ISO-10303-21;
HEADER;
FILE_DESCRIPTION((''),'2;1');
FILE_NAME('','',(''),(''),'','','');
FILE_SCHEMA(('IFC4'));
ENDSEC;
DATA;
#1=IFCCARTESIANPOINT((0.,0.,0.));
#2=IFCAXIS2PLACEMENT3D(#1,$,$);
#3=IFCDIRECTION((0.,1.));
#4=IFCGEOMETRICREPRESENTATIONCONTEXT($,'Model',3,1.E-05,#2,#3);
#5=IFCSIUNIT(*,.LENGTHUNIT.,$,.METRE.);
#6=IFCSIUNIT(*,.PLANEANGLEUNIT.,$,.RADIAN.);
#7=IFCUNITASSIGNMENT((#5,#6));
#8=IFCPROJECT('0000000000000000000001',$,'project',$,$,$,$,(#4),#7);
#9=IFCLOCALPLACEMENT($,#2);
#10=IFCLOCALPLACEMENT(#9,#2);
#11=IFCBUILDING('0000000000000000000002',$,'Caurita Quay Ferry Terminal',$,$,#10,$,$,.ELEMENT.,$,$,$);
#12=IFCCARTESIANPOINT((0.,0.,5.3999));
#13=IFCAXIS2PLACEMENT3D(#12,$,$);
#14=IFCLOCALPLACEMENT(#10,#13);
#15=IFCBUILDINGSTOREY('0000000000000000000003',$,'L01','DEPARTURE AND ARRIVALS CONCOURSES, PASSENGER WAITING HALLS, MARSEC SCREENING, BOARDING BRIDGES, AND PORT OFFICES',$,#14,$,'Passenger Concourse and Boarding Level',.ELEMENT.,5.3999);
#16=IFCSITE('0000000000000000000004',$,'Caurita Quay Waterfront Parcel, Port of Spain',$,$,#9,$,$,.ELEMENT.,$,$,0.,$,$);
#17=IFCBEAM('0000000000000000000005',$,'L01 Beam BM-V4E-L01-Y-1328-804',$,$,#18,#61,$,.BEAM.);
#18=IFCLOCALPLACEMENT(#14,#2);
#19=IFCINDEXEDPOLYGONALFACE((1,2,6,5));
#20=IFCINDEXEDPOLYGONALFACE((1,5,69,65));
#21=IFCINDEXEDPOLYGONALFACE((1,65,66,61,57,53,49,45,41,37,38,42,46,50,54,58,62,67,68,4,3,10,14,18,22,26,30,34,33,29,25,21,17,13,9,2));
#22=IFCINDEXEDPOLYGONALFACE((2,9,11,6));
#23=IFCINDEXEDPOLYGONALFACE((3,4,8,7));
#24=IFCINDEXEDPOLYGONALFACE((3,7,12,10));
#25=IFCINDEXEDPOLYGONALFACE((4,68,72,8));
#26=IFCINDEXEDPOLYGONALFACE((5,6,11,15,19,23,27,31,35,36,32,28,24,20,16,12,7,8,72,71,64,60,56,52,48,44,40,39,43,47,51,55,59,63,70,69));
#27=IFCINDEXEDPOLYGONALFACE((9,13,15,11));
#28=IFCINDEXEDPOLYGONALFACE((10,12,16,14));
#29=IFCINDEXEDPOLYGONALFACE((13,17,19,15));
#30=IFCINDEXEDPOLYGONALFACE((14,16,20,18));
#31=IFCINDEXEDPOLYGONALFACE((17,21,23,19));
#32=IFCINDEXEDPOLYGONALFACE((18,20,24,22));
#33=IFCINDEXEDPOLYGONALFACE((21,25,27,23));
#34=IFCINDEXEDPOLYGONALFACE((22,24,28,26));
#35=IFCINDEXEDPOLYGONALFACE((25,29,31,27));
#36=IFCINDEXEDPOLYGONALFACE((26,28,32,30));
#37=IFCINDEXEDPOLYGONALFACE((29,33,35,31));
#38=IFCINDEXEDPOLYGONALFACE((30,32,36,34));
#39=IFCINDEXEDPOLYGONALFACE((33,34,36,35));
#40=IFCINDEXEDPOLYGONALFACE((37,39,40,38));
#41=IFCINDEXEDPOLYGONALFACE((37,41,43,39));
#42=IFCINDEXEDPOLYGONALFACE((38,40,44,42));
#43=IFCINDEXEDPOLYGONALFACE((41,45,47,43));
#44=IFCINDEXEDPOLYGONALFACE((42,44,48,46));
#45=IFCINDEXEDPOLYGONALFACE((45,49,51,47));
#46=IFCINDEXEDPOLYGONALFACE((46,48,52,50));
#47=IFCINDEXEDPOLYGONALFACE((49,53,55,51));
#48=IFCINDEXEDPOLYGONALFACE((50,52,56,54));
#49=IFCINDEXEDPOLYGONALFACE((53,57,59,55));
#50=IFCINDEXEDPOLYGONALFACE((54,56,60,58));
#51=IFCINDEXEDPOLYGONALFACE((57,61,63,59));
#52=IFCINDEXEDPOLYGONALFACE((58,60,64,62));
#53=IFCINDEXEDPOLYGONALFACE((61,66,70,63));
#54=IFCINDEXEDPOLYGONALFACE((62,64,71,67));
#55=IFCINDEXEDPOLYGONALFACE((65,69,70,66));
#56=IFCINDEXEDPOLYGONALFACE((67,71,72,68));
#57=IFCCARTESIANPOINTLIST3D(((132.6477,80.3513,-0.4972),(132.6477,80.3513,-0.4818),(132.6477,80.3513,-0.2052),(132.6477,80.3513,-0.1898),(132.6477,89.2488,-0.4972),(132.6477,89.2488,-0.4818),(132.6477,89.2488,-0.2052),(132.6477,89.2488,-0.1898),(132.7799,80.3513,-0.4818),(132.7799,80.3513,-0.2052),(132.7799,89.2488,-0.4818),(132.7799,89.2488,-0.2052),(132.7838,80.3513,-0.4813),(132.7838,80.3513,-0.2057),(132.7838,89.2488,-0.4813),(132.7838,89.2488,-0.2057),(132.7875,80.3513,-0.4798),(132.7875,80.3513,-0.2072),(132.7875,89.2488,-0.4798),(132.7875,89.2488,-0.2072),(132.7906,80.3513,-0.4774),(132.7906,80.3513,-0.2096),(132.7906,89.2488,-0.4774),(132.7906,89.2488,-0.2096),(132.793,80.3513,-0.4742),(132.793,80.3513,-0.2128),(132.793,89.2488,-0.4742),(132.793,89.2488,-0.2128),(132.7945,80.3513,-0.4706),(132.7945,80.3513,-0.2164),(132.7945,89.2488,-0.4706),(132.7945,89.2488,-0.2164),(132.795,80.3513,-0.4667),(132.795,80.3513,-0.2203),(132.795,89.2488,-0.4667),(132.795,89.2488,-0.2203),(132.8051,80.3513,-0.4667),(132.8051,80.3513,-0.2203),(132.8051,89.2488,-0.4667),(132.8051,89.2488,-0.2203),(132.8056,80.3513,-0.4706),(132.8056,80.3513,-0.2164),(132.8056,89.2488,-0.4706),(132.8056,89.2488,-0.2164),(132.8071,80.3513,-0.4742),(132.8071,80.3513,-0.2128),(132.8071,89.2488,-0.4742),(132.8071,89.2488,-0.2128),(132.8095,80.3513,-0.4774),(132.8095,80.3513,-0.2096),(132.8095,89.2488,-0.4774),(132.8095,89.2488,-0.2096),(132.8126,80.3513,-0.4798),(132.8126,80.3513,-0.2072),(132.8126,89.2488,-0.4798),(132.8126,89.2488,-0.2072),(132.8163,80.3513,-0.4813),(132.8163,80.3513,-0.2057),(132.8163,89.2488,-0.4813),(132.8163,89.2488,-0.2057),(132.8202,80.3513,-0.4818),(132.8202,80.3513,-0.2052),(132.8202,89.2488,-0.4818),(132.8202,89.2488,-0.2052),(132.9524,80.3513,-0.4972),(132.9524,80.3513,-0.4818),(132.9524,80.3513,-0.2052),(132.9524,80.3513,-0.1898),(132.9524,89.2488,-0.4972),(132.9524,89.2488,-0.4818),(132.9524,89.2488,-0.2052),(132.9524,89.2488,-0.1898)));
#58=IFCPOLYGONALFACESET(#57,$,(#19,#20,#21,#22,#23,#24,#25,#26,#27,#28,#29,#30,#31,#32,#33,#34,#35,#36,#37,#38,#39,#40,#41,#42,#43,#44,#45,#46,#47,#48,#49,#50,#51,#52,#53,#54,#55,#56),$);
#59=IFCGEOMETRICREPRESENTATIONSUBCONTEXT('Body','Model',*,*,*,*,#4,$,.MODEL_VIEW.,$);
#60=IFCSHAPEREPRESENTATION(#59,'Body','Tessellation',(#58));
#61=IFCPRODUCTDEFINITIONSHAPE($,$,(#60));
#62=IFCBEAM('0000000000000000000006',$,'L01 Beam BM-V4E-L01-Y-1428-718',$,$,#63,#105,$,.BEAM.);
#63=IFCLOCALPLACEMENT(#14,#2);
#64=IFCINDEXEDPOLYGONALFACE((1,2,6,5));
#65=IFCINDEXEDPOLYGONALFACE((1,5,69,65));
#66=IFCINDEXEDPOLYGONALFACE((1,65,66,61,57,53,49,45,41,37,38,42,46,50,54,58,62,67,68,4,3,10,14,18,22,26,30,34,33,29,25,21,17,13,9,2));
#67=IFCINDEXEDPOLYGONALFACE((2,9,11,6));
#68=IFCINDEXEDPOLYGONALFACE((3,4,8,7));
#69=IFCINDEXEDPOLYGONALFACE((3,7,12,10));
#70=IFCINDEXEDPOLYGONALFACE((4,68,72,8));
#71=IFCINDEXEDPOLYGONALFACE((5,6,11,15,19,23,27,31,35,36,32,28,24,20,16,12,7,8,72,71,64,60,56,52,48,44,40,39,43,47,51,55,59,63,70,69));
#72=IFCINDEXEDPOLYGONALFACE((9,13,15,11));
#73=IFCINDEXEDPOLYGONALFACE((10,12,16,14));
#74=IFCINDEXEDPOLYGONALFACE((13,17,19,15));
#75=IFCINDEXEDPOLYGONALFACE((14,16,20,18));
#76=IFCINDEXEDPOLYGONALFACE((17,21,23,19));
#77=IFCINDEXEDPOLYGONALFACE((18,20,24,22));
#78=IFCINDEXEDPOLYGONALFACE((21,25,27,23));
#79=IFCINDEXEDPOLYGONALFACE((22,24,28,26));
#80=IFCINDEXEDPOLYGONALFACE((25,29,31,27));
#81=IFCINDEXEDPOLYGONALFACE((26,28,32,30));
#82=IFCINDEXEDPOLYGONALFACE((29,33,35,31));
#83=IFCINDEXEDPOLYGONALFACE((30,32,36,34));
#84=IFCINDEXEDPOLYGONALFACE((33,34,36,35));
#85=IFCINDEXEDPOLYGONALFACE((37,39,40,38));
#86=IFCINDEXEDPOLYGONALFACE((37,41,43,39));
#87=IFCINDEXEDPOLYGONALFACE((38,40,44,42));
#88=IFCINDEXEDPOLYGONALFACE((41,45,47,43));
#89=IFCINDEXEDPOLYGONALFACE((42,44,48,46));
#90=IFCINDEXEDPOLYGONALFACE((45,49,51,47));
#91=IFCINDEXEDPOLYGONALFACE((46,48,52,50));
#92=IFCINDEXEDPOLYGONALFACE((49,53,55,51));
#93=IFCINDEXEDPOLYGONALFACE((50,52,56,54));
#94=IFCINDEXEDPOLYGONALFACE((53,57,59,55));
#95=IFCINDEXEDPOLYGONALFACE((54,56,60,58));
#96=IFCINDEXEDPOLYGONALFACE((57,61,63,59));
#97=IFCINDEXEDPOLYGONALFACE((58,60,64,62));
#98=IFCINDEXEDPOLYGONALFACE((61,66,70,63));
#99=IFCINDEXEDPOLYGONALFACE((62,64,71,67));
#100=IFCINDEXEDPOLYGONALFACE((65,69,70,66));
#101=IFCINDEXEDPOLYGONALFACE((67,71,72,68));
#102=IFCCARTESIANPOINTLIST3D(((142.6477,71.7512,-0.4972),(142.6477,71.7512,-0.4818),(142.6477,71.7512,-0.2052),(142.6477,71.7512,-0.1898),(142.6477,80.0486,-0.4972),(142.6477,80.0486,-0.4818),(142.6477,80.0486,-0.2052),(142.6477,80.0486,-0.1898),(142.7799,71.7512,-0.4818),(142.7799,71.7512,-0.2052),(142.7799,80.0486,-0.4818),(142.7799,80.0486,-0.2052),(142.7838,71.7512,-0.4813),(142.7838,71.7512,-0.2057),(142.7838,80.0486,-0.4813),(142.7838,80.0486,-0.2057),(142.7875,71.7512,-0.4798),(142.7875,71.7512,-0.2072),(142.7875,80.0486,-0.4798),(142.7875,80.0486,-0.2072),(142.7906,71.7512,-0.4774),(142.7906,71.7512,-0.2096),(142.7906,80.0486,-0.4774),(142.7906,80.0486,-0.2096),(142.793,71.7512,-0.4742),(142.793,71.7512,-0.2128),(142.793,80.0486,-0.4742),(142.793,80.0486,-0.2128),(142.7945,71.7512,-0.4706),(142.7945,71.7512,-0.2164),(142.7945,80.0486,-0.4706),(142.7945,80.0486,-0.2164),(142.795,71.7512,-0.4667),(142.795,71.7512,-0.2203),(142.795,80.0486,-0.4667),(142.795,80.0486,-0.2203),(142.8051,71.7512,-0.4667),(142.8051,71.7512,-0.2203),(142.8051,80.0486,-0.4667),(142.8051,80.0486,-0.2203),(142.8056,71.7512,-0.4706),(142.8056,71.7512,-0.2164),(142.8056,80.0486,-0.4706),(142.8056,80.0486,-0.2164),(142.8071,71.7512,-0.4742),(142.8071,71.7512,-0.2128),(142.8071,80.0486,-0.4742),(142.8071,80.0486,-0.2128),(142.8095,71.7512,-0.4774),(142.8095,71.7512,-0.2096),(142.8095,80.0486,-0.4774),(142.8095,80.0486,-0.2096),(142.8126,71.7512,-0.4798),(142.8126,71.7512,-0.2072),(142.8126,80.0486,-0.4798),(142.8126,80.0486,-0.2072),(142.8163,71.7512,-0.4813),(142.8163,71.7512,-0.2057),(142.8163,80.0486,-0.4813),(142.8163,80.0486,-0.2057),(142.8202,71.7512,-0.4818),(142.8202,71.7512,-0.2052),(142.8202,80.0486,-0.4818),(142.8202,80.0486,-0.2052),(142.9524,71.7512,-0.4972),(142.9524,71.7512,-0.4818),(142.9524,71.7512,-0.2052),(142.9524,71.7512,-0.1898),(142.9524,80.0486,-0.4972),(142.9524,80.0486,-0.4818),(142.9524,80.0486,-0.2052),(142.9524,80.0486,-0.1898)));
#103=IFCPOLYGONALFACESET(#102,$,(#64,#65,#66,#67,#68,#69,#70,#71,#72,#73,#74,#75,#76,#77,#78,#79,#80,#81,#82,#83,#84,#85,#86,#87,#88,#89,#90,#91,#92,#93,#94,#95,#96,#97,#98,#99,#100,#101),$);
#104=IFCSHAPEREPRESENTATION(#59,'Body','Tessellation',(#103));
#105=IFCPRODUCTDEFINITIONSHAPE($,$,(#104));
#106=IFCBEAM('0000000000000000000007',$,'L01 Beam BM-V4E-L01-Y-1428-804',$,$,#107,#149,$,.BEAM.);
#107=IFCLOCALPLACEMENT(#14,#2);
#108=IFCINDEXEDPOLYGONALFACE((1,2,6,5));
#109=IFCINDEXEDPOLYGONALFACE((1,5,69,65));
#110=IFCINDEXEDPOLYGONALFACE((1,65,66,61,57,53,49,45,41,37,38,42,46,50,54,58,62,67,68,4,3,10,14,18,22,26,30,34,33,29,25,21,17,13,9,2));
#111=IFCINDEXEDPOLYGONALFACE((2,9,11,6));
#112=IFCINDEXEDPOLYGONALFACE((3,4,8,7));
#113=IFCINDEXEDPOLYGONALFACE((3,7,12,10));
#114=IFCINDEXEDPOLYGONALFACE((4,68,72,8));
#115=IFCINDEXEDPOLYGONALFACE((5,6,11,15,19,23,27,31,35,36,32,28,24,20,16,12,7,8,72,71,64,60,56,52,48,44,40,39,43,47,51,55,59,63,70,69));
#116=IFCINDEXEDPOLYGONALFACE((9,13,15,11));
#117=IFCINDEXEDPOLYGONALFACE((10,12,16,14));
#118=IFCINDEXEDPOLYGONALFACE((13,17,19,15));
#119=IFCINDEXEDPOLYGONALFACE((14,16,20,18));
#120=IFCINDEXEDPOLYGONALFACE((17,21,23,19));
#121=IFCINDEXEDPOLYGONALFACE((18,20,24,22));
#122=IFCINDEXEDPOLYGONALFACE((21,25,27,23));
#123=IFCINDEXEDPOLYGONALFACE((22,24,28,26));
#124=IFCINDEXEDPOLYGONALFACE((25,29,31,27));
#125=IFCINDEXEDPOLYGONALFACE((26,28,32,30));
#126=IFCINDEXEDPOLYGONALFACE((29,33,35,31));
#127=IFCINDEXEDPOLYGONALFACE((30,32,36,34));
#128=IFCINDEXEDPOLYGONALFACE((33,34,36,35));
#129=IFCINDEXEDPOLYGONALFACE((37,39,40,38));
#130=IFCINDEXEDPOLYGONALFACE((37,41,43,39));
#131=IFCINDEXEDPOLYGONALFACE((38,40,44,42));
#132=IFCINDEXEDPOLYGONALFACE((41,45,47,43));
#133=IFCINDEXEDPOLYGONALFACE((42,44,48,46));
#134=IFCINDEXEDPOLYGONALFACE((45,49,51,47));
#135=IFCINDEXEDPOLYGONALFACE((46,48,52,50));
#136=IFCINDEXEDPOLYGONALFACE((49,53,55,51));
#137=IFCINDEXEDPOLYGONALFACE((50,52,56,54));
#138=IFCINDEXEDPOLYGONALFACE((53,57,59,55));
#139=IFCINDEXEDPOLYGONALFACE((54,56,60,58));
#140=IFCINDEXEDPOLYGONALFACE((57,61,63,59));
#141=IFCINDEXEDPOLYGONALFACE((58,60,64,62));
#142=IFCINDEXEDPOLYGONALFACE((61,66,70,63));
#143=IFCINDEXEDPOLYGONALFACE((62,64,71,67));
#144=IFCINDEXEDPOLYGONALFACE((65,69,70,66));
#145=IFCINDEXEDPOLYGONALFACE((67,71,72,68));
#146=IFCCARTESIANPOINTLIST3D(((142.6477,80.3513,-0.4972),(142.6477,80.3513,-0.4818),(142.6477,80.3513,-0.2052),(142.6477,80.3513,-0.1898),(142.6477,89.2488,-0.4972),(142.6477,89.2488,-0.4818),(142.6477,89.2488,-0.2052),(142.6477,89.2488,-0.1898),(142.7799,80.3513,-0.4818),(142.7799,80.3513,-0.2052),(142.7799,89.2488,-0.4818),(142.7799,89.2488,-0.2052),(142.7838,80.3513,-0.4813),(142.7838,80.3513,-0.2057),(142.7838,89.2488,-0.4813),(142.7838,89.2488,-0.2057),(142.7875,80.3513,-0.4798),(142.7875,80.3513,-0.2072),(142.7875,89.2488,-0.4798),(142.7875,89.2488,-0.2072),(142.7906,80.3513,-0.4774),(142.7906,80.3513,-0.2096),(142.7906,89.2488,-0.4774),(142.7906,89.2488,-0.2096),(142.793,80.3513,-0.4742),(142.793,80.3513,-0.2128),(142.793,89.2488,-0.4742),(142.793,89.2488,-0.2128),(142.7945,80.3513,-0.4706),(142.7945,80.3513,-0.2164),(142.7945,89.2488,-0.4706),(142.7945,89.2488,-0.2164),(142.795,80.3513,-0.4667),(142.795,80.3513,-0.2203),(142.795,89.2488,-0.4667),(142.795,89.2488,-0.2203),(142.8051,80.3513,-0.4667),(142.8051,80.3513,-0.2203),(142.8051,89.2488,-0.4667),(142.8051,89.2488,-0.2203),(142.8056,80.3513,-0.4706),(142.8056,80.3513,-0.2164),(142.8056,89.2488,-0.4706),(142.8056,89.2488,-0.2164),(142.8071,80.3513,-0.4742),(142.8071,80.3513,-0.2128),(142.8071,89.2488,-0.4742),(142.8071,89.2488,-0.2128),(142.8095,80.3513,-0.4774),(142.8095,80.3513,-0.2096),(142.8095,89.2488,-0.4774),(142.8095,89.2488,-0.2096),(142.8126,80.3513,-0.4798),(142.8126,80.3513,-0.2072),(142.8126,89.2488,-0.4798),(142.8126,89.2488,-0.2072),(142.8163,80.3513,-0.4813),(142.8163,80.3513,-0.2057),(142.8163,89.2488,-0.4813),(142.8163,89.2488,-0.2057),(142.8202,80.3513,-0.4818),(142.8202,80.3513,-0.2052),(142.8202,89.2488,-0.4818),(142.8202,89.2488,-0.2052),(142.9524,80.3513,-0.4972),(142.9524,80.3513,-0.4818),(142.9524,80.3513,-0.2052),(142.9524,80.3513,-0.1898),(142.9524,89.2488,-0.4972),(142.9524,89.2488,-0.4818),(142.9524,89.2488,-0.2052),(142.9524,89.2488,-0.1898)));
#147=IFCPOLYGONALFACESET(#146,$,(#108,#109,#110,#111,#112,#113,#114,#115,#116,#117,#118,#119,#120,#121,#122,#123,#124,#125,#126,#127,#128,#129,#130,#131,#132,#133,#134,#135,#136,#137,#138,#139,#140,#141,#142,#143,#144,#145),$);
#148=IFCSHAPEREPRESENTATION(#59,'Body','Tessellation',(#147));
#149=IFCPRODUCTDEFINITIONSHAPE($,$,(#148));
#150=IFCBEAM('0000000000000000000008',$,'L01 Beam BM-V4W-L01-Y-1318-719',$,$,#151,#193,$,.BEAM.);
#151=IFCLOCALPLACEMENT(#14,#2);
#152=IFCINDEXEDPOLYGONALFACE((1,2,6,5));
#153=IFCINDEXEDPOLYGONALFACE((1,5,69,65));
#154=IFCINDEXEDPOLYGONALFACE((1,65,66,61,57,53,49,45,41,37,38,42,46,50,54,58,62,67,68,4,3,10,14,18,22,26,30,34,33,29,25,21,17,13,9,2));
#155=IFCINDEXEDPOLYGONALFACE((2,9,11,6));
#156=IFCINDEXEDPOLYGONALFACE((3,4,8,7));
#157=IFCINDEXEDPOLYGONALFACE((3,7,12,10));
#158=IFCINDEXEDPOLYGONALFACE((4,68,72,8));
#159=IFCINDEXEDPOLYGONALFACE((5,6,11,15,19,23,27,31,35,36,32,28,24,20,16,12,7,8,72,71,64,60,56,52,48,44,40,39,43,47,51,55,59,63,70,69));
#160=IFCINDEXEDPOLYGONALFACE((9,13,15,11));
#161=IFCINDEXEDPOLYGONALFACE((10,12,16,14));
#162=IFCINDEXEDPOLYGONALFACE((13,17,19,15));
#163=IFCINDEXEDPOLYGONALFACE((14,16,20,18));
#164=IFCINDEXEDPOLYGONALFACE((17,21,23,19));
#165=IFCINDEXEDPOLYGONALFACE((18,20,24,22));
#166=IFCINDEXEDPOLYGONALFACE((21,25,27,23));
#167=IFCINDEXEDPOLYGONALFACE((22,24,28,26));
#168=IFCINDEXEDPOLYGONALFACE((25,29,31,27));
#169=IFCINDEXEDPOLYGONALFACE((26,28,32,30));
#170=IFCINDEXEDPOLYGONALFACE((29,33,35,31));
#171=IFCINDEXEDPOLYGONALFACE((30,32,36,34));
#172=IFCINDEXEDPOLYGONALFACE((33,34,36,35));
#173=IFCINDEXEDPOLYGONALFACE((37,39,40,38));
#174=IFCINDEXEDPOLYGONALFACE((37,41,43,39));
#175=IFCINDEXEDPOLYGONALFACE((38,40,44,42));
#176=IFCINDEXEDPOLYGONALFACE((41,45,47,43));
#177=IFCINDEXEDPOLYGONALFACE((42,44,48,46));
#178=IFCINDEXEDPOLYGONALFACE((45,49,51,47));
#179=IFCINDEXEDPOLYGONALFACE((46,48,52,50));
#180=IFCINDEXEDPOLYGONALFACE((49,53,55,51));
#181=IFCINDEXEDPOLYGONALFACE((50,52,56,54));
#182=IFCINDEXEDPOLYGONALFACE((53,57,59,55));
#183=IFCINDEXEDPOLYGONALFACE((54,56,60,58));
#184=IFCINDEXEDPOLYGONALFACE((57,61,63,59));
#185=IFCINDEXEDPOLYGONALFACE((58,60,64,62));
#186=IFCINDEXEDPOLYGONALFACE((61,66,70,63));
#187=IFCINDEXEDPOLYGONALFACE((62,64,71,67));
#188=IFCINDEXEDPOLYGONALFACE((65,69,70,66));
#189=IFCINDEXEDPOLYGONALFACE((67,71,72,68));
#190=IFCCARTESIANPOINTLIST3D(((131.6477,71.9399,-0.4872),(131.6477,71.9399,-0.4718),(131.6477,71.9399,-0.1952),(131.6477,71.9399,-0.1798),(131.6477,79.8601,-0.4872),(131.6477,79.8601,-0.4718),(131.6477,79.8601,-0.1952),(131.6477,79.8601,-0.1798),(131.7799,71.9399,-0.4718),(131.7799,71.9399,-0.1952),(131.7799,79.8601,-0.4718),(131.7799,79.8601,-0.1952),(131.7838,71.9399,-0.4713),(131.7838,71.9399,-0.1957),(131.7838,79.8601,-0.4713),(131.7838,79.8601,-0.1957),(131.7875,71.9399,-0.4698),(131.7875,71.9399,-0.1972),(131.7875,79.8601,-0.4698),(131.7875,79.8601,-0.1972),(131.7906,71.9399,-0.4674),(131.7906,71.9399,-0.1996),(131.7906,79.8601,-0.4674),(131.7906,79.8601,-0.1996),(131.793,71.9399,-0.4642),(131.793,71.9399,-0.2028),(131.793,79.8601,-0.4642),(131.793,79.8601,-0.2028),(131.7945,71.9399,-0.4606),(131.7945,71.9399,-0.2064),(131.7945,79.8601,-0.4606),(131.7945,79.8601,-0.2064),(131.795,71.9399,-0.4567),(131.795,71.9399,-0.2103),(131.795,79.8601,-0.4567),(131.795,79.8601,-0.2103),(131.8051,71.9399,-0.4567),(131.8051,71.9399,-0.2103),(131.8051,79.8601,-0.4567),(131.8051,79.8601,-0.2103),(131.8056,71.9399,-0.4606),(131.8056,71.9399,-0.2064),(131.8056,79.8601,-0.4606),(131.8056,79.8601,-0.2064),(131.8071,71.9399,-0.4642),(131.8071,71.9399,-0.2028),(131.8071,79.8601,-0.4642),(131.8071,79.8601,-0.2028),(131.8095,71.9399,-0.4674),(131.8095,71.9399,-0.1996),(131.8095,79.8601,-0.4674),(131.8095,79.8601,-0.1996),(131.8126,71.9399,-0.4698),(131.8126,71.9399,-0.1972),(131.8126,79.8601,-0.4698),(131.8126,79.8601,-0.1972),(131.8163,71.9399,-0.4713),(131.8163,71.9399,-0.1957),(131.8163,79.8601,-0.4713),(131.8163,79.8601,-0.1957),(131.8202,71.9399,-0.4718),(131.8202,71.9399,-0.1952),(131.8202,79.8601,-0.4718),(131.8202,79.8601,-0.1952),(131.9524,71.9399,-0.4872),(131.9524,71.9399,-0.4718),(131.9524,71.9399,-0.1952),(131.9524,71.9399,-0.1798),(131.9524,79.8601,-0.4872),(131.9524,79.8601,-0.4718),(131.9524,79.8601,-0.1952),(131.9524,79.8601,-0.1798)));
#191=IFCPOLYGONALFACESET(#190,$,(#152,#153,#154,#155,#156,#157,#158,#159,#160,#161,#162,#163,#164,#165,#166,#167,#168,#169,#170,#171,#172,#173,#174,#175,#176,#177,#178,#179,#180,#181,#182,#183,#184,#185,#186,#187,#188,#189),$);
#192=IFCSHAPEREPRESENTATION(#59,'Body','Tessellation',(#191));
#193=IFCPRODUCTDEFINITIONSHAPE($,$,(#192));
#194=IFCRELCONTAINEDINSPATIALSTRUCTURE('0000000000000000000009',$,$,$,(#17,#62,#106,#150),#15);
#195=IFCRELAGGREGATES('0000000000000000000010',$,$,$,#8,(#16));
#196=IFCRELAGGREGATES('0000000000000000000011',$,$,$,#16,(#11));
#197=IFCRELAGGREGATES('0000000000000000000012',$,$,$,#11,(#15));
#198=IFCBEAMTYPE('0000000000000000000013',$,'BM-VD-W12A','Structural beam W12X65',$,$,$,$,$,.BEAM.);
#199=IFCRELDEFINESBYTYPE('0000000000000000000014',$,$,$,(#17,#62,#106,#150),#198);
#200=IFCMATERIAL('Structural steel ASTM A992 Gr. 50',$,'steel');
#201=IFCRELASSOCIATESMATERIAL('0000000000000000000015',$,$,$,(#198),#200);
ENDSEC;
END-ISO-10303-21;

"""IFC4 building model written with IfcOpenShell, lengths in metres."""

from ifc_helpers import new_model, si_unit, direction, frame, origin, origin_2d, place, context, subcontext, project, spatial, i_section, extrude, material, material_profile, profile_set, type_object, element, save


model = new_model("IFC4")

# Units and contexts
model_context = context("Model", 3, precision=1e-05, world=origin(), true_north=direction((0.0, 1.0)))
body_context = subcontext(model_context, "Body", "Model", "MODEL_VIEW")
ifc_project = project(units=[si_unit("LENGTHUNIT", "METRE"), si_unit("PLANEANGLEUNIT", "RADIAN")], contexts=[model_context])

# Site, building, storey
site_placement = place(None, origin())
site = spatial("IfcSite", under=ifc_project, at=site_placement, Name="Caurita Quay Waterfront Parcel, Port of Spain", CompositionType="ELEMENT", RefElevation=0.0)
building_placement = place(site_placement, origin())
building = spatial("IfcBuilding", under=site, at=building_placement, Name="Caurita Quay Ferry Terminal", CompositionType="ELEMENT")
storey_placement = place(building_placement, frame((0.0, 0.0, 5.3999)))
storey = spatial("IfcBuildingStorey", under=building, at=storey_placement, Name="L01", Description="DEPARTURE AND ARRIVALS CONCOURSES, PASSENGER WAITING HALLS, MARSEC SCREENING, BOARDING BRIDGES, AND PORT OFFICES", LongName="Passenger Concourse and Boarding Level", CompositionType="ELEMENT", Elevation=5.3999)

# Beams
ifc_material_1 = material(Name="Structural steel ASTM A992 Gr. 50", Category="steel")
ifc_material_profile_1 = material_profile(ifc_material_1, i_section(OverallWidth=0.3047, OverallDepth=0.3074, WebThickness=0.01, FlangeThickness=0.0154, FilletRadius=0.0151, at=origin_2d()), Name="W12X65")
ifc_profile_set_1 = profile_set([ifc_material_profile_1], Name="Structural steel ASTM A992 Gr. 50")
beam_type_1 = type_object("IfcBeamType", Name="BM-VD-W12A", Description="Structural beam W12X65", PredefinedType="BEAM", material=ifc_profile_set_1)
beam_1_placement = place(storey_placement, frame((132.8, 80.3513, -0.3435), z_axis=(0.0, 1.0, 0.0), x_axis=(-1.0, 0.0, 0.0)))
element("IfcBeam", 1, at=beam_1_placement, inside=storey, type_object=beam_type_1, Name="L01 Beam BM-V4E-L01-Y-1328-804", PredefinedType="BEAM", context=body_context, shape_type="SweptSolid", body=[
    extrude(i_section(OverallWidth=0.3047, OverallDepth=0.3074, WebThickness=0.01, FlangeThickness=0.0154, FilletRadius=0.0151, at=origin_2d()), origin(), (0.0, 0.0, 1.0), 8.8975),
])
beam_2_placement = place(storey_placement, frame((142.8, 71.7512, -0.3435), z_axis=(0.0, 1.0, 0.0), x_axis=(-1.0, 0.0, 0.0)))
element("IfcBeam", 2, at=beam_2_placement, inside=storey, type_object=beam_type_1, Name="L01 Beam BM-V4E-L01-Y-1428-718", PredefinedType="BEAM", context=body_context, shape_type="SweptSolid", body=[
    extrude(i_section(OverallWidth=0.3047, OverallDepth=0.3074, WebThickness=0.01, FlangeThickness=0.0154, FilletRadius=0.0151, at=origin_2d()), origin(), (0.0, 0.0, 1.0), 8.2974),
])
beam_3_placement = place(storey_placement, frame((142.8, 80.3513, -0.3435), z_axis=(0.0, 1.0, 0.0), x_axis=(-1.0, 0.0, 0.0)))
element("IfcBeam", 3, at=beam_3_placement, inside=storey, type_object=beam_type_1, Name="L01 Beam BM-V4E-L01-Y-1428-804", PredefinedType="BEAM", context=body_context, shape_type="SweptSolid", body=[
    extrude(i_section(OverallWidth=0.3047, OverallDepth=0.3074, WebThickness=0.01, FlangeThickness=0.0154, FilletRadius=0.0151, at=origin_2d()), origin(), (0.0, 0.0, 1.0), 8.8975),
])
beam_4_placement = place(storey_placement, frame((131.8, 71.9399, -0.3335), z_axis=(0.0, 1.0, 0.0), x_axis=(-1.0, 0.0, 0.0)))
element("IfcBeam", 4, at=beam_4_placement, inside=storey, type_object=beam_type_1, Name="L01 Beam BM-V4W-L01-Y-1318-719", PredefinedType="BEAM", context=body_context, shape_type="SweptSolid", body=[
    extrude(i_section(OverallWidth=0.3047, OverallDepth=0.3074, WebThickness=0.01, FlangeThickness=0.0154, FilletRadius=0.0151, at=origin_2d()), origin(), (0.0, 0.0, 1.0), 7.9202),
])

save(model, "model.ifc")
